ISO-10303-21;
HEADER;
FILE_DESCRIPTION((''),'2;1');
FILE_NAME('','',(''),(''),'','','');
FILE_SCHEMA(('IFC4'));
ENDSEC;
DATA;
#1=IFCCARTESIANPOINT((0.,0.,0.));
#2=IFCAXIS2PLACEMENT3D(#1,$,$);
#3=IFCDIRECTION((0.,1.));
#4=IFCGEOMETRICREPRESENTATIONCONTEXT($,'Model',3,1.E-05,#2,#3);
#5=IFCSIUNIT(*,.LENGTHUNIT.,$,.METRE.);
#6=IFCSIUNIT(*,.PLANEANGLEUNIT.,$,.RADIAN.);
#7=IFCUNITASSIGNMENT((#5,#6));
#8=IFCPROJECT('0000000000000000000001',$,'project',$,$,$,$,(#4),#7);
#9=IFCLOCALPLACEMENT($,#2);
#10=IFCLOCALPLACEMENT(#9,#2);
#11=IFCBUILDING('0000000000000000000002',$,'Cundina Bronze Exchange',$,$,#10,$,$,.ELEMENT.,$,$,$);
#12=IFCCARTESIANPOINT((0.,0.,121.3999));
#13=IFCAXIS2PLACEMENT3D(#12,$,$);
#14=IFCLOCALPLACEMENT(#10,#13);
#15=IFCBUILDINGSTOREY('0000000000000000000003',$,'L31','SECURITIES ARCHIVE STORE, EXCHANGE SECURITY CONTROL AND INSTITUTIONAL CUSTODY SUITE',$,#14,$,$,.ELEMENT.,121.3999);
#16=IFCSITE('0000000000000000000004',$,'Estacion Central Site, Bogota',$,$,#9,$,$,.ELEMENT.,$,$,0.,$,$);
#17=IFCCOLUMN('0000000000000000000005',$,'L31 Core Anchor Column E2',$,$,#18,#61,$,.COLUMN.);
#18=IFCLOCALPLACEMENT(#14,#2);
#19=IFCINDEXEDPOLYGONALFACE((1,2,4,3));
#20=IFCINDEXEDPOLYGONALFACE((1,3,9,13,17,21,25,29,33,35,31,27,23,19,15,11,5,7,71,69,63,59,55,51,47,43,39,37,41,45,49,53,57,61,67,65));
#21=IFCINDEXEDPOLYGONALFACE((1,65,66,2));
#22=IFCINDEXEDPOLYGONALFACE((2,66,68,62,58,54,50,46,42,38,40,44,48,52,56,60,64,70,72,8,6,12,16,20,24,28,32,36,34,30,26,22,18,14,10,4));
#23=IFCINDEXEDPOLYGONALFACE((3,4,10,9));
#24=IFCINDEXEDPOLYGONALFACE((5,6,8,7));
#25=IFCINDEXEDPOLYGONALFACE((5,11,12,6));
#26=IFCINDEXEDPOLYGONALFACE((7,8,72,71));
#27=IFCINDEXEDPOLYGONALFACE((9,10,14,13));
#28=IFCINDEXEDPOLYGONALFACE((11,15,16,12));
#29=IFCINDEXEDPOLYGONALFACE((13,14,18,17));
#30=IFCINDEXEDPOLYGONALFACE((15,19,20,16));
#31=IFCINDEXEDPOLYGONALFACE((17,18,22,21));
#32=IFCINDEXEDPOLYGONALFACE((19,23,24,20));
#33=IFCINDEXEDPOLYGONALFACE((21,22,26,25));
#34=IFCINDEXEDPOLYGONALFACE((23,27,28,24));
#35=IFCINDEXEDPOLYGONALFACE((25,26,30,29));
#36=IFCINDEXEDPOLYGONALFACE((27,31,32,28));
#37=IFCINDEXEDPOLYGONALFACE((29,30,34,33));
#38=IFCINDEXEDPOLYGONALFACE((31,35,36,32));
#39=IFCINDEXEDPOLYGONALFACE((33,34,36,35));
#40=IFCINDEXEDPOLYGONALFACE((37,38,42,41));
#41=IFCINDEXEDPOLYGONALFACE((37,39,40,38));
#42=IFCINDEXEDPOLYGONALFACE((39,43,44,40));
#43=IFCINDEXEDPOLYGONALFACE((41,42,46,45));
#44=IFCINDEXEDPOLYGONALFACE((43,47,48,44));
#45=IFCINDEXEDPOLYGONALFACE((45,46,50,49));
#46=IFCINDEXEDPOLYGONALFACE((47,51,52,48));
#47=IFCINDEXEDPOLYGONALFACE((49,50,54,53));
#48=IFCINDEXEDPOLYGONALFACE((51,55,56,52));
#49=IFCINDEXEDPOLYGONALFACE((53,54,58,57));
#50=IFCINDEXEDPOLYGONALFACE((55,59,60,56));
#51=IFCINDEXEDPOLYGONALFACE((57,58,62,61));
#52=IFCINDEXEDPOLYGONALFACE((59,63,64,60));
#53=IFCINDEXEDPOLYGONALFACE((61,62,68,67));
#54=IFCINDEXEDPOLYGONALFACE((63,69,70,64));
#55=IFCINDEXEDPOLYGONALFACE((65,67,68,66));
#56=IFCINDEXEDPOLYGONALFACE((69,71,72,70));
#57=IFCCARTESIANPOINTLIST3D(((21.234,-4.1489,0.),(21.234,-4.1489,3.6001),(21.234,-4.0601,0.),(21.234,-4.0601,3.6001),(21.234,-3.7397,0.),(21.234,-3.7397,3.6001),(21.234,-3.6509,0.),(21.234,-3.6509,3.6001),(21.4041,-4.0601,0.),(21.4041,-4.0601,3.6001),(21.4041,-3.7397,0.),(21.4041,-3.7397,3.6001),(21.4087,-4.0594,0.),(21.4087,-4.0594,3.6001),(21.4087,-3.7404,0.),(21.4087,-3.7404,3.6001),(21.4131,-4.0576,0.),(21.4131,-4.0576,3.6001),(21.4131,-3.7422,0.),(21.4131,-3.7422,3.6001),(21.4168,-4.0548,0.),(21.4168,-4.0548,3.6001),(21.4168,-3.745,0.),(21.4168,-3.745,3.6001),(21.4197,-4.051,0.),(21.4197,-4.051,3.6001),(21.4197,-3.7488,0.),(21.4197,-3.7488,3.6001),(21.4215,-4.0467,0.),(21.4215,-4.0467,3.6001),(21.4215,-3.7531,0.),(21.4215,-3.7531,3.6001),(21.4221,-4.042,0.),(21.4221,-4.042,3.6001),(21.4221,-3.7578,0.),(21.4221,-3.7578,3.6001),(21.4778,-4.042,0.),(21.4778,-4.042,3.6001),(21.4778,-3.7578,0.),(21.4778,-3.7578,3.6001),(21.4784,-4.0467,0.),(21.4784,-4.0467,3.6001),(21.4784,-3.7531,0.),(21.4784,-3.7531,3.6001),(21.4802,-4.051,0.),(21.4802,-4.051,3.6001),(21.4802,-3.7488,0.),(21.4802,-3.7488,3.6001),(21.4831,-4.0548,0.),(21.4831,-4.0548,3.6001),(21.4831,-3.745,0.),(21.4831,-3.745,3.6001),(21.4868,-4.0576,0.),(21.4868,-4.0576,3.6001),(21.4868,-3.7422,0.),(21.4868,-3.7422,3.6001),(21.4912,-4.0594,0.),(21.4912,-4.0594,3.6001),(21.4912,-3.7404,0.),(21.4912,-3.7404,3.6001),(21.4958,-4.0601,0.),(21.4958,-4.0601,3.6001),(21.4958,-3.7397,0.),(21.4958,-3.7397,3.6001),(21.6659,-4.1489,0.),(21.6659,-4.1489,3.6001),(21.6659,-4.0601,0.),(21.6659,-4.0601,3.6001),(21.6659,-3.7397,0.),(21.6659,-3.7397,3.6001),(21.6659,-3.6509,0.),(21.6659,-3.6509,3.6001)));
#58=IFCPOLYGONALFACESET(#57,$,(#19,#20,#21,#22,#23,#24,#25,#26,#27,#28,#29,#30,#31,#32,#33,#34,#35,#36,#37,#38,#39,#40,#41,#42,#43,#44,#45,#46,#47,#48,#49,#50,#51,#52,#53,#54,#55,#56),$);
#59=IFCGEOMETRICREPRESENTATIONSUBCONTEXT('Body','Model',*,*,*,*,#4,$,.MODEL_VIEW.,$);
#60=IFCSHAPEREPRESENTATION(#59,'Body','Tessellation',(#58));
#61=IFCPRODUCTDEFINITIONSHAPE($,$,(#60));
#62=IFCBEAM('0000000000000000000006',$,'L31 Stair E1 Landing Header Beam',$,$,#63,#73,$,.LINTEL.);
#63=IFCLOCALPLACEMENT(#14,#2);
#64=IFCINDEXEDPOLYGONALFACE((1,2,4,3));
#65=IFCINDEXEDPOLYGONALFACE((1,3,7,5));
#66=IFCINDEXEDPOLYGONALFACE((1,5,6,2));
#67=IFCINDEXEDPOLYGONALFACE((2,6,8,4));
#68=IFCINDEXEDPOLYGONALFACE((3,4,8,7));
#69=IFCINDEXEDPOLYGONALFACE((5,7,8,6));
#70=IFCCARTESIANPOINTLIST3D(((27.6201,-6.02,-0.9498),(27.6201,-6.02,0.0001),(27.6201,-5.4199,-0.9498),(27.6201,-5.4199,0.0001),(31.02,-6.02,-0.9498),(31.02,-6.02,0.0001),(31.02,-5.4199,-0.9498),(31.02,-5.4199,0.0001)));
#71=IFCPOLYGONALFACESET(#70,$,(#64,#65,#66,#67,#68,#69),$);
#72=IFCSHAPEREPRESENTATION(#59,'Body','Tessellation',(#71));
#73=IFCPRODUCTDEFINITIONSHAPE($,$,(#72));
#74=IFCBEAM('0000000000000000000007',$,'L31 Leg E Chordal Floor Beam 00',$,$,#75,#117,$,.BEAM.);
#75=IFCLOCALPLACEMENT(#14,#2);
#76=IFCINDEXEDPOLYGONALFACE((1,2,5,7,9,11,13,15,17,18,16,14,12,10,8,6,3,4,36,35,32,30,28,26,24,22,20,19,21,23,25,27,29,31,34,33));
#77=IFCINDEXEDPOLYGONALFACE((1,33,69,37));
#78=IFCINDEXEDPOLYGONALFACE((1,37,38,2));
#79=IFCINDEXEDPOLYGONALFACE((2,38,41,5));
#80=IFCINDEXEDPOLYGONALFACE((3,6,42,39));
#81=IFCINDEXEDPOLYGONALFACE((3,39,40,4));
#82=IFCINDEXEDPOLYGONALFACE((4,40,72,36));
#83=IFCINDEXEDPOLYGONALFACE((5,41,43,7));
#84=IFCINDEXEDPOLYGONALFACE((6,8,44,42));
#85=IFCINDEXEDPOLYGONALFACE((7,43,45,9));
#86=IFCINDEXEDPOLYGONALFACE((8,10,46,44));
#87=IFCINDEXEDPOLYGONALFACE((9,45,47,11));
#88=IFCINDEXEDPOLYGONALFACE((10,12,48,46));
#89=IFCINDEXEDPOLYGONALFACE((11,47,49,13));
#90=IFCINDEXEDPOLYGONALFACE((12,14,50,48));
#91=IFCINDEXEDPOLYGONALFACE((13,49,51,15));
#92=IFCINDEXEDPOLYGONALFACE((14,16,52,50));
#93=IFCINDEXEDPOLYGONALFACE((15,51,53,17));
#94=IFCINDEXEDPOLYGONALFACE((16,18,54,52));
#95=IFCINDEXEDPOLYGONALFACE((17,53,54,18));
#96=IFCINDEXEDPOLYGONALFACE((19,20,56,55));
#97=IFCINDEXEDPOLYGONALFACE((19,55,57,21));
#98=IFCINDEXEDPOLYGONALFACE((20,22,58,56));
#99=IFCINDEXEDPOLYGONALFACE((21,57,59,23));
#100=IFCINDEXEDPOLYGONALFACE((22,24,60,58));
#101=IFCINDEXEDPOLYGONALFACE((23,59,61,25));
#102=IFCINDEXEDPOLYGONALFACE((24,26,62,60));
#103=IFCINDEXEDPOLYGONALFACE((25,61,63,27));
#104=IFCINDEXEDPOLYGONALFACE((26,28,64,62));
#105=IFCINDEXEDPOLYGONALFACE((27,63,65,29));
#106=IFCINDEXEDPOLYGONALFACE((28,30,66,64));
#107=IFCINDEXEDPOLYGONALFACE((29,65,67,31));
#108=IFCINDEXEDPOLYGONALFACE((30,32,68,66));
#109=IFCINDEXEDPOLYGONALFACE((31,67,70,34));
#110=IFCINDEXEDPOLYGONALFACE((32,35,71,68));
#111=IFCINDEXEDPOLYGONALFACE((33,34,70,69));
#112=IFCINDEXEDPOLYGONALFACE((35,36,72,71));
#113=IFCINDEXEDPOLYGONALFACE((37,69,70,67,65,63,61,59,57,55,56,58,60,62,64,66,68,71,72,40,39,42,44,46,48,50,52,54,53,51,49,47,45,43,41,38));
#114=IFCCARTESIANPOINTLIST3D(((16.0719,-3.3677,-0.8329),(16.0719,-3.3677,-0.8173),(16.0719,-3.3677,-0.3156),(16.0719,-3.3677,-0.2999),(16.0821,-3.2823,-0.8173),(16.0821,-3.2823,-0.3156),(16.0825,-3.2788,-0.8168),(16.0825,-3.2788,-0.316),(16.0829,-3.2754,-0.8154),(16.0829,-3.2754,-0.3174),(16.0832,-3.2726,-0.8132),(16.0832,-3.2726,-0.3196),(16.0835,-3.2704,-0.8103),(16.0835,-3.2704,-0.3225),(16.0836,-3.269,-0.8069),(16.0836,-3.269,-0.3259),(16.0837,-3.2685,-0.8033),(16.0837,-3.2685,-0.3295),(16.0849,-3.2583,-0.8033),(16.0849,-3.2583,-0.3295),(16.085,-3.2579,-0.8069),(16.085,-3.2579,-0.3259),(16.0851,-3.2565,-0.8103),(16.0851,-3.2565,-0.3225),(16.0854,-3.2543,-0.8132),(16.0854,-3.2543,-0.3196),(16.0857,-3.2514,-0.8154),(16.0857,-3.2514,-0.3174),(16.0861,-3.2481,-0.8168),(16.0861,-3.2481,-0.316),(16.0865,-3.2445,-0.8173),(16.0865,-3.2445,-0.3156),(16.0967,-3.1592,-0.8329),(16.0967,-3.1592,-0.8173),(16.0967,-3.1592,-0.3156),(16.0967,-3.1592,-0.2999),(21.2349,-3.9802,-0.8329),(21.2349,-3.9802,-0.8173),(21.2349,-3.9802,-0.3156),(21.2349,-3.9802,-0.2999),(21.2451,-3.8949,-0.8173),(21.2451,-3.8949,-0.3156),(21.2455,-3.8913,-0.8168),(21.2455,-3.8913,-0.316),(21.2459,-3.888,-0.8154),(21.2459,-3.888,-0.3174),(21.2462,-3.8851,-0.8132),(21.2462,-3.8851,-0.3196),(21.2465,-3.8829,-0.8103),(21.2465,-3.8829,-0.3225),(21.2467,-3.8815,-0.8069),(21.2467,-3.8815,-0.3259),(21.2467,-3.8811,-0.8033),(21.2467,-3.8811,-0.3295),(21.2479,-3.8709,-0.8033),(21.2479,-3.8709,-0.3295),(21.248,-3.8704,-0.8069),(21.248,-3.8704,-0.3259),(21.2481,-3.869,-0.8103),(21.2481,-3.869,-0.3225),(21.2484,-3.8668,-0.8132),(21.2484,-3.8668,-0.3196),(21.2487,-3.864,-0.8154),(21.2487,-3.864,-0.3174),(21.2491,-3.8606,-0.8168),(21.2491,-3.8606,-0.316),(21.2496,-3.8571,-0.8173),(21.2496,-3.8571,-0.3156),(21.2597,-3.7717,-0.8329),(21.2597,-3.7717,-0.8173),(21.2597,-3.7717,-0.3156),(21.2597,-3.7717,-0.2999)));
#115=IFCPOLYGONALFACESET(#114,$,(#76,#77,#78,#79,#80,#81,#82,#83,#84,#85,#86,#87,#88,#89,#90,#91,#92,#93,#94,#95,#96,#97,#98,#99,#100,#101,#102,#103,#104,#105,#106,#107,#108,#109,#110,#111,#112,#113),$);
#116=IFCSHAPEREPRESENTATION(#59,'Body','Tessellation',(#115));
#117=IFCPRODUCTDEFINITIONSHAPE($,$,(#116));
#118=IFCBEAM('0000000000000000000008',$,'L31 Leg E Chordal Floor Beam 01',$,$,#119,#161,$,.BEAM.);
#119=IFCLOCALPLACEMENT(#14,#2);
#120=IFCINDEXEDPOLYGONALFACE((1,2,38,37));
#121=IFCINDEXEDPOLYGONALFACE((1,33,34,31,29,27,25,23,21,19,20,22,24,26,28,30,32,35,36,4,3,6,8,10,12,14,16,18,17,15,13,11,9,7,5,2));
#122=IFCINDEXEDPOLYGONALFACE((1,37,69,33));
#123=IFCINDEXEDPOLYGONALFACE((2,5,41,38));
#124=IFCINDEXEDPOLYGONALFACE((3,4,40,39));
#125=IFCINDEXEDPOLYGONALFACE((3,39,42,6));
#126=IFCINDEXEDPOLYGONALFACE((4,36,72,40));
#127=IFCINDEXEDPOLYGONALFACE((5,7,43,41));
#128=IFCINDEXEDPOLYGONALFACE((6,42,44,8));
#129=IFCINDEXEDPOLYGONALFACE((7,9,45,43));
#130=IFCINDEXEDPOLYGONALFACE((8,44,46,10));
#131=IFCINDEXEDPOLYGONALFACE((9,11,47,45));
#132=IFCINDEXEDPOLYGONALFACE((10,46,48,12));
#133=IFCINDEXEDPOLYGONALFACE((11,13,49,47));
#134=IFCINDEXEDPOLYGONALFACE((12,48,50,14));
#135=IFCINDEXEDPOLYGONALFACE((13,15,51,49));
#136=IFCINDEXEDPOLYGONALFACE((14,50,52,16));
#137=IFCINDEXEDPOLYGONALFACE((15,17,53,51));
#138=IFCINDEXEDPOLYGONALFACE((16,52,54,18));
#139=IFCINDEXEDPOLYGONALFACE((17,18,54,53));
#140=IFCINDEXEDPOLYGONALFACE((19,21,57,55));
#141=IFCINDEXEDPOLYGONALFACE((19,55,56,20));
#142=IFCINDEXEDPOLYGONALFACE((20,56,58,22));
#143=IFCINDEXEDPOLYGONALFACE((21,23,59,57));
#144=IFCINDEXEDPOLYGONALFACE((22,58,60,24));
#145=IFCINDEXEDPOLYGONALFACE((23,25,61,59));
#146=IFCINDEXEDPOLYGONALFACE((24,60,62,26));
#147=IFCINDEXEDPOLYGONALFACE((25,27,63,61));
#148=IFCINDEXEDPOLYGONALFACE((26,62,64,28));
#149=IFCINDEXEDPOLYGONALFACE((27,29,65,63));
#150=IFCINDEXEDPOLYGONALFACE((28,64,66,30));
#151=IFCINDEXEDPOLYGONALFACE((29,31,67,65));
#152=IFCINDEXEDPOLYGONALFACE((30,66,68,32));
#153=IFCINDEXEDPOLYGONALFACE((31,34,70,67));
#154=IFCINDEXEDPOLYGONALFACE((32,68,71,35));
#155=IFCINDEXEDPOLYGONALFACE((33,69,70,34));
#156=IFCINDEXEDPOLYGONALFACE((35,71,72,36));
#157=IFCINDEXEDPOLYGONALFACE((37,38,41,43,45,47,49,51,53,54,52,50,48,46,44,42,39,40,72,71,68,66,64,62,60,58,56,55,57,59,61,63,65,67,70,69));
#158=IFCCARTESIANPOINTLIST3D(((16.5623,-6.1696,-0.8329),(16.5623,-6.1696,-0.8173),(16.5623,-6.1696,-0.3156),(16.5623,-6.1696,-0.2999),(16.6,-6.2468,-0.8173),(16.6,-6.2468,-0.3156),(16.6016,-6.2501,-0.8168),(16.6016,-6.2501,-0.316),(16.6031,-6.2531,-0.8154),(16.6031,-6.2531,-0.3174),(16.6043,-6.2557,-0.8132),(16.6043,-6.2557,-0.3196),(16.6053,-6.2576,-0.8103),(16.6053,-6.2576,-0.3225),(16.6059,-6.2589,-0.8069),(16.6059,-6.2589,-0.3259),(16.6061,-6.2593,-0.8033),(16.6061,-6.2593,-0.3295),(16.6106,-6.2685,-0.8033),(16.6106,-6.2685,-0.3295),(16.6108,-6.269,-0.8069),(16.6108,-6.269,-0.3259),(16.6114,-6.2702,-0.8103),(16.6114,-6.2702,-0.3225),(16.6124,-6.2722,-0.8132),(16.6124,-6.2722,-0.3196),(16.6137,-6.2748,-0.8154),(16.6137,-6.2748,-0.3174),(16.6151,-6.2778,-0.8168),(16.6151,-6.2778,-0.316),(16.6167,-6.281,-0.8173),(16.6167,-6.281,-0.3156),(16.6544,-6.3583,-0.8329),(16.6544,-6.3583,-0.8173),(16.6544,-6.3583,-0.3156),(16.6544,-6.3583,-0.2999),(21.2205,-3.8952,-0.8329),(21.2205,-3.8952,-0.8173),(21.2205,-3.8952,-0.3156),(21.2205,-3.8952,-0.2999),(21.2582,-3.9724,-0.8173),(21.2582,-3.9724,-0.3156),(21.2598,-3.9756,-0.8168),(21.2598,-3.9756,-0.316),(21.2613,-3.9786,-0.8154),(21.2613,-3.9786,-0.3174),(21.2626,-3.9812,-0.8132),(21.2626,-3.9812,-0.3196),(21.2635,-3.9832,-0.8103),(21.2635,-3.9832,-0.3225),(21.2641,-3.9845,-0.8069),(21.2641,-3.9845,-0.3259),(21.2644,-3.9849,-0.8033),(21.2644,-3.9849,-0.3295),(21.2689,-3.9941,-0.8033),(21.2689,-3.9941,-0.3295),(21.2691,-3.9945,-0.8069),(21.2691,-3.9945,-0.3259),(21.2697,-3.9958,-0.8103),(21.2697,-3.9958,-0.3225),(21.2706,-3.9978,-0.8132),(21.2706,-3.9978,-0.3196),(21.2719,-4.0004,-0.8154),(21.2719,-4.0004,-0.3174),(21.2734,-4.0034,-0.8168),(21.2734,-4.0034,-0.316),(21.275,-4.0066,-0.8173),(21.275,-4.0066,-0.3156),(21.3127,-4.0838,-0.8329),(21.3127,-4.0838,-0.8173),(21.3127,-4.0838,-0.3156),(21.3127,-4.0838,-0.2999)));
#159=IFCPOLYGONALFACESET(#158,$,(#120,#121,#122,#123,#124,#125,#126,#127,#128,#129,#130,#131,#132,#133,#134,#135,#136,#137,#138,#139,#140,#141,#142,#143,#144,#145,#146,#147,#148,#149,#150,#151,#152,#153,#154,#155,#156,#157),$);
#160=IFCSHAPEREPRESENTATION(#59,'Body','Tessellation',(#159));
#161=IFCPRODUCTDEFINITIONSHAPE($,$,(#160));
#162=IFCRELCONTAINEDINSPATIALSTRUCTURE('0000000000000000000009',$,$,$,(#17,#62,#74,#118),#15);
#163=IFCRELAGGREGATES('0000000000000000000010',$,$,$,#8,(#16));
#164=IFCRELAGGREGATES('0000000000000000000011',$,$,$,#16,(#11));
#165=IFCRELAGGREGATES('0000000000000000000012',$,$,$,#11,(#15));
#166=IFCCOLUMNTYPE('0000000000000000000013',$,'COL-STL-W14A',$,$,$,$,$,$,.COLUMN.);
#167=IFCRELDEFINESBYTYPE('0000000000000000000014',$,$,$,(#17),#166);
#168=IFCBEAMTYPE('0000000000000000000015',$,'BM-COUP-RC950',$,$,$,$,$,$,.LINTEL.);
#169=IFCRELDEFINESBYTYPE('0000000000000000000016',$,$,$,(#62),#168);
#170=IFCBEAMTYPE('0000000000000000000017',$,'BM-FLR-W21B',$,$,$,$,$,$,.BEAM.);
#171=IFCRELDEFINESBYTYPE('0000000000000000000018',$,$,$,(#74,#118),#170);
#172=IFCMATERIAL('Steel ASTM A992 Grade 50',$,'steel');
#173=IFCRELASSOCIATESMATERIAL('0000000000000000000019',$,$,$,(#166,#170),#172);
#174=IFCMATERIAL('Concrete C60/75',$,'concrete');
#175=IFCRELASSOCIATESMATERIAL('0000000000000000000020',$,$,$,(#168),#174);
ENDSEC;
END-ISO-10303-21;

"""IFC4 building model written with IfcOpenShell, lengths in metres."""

from ifc_helpers import new_model, si_unit, direction, frame, origin, origin_2d, place, context, subcontext, project, spatial, rectangle, i_section, extrude, material, material_profile, profile_set, type_object, element, save


model = new_model("IFC4")

# Units and contexts
model_context = context("Model", 3, precision=1e-05, world=origin(), true_north=direction((0.0, 1.0)))
body_context = subcontext(model_context, "Body", "Model", "MODEL_VIEW")
ifc_project = project(units=[si_unit("LENGTHUNIT", "METRE"), si_unit("PLANEANGLEUNIT", "RADIAN")], contexts=[model_context])

# Site, building, storey
site_placement = place(None, origin())
site = spatial("IfcSite", under=ifc_project, at=site_placement, Name="Estacion Central Site, Bogota", CompositionType="ELEMENT", RefElevation=0.0)
building_placement = place(site_placement, origin())
building = spatial("IfcBuilding", under=site, at=building_placement, Name="Cundina Bronze Exchange", CompositionType="ELEMENT")
storey_placement = place(building_placement, frame((0.0, 0.0, 121.3999)))
storey = spatial("IfcBuildingStorey", under=building, at=storey_placement, Name="L31", Description="SECURITIES ARCHIVE STORE, EXCHANGE SECURITY CONTROL AND INSTITUTIONAL CUSTODY SUITE", CompositionType="ELEMENT", Elevation=121.3999)

# Column
ifc_material_1 = material(Name="Steel ASTM A992 Grade 50", Category="steel")
ifc_material_profile_1 = material_profile(ifc_material_1, i_section(OverallWidth=0.4319, OverallDepth=0.498, WebThickness=0.0557, FlangeThickness=0.0889, FilletRadius=0.0181, at=origin_2d()), Name="W14X500", Category="steel")
ifc_profile_set_1 = profile_set([ifc_material_profile_1], Name="Steel ASTM A992 Grade 50")
column_type = type_object("IfcColumnType", Name="COL-STL-W14A", PredefinedType="COLUMN", material=ifc_profile_set_1)
column_placement = place(storey_placement, frame((21.45, -3.8999, 0.0), z_axis=(0.0, 0.0, 1.0), x_axis=(1.0, 0.0, 0.0)))
element("IfcColumn", 1, at=column_placement, inside=storey, type_object=column_type, Name="L31 Core Anchor Column E2", PredefinedType="COLUMN", context=body_context, shape_type="SweptSolid", body=[
    extrude(i_section(OverallWidth=0.4319, OverallDepth=0.498, WebThickness=0.0557, FlangeThickness=0.0889, FilletRadius=0.0181, at=origin_2d()), origin(), (0.0, 0.0, 1.0), 3.6001),
])

# Beams
ifc_material_2 = material(Name="Concrete C60/75", Category="concrete")
ifc_material_profile_2 = material_profile(ifc_material_2, rectangle(XDim=0.6001, YDim=0.95, at=origin_2d()), Name="RC600X950", Category="concrete")
ifc_profile_set_2 = profile_set([ifc_material_profile_2], Name="Concrete C60/75")
beam_type_1 = type_object("IfcBeamType", Name="BM-COUP-RC950", PredefinedType="LINTEL", material=ifc_profile_set_2)
beam_1_placement = place(storey_placement, frame((27.6201, -5.72, -0.4749), z_axis=(1.0, 0.0, 0.0), x_axis=(0.0, 1.0, 0.0)))
element("IfcBeam", 2, at=beam_1_placement, inside=storey, type_object=beam_type_1, Name="L31 Stair E1 Landing Header Beam", PredefinedType="LINTEL", context=body_context, shape_type="SweptSolid", body=[
    extrude(rectangle(XDim=0.6001, YDim=0.95, at=origin_2d()), origin(), (0.0, 0.0, 1.0), 3.3999),
])
ifc_material_profile_3 = material_profile(ifc_material_1, i_section(OverallWidth=0.21, OverallDepth=0.533, WebThickness=0.0103, FlangeThickness=0.0156, FilletRadius=0.0139, at=origin_2d()), Name="W21X62", Category="steel")
ifc_profile_set_3 = profile_set([ifc_material_profile_3], Name="Steel ASTM A992 Grade 50")
beam_type_2 = type_object("IfcBeamType", Name="BM-FLR-W21B", PredefinedType="BEAM", material=ifc_profile_set_3)
beam_2_placement = place(storey_placement, frame((21.2473, -3.876, -0.5664), z_axis=(-0.993036, 0.117814, 0.0), x_axis=(-0.117814, -0.993036, 0.0)))
element("IfcBeam", 3, at=beam_2_placement, inside=storey, type_object=beam_type_2, Name="L31 Leg E Chordal Floor Beam 00", PredefinedType="BEAM", context=body_context, shape_type="SweptSolid", body=[
    extrude(i_section(OverallWidth=0.21, OverallDepth=0.533, WebThickness=0.0103, FlangeThickness=0.0156, FilletRadius=0.0139, at=origin_2d()), origin(), (0.0, 0.0, 1.0), 5.1992),
])
beam_3_placement = place(storey_placement, frame((21.2666, -3.9895, -0.5664), z_axis=(-0.898607, -0.438754, 0.0), x_axis=(0.438754, -0.898607, 0.0)))
element("IfcBeam", 4, at=beam_3_placement, inside=storey, type_object=beam_type_2, Name="L31 Leg E Chordal Floor Beam 01", PredefinedType="BEAM", context=body_context, shape_type="SweptSolid", body=[
    extrude(i_section(OverallWidth=0.21, OverallDepth=0.533, WebThickness=0.0103, FlangeThickness=0.0156, FilletRadius=0.0139, at=origin_2d()), origin(), (0.0, 0.0, 1.0), 5.1838),
])

save(model, "model.ifc")
